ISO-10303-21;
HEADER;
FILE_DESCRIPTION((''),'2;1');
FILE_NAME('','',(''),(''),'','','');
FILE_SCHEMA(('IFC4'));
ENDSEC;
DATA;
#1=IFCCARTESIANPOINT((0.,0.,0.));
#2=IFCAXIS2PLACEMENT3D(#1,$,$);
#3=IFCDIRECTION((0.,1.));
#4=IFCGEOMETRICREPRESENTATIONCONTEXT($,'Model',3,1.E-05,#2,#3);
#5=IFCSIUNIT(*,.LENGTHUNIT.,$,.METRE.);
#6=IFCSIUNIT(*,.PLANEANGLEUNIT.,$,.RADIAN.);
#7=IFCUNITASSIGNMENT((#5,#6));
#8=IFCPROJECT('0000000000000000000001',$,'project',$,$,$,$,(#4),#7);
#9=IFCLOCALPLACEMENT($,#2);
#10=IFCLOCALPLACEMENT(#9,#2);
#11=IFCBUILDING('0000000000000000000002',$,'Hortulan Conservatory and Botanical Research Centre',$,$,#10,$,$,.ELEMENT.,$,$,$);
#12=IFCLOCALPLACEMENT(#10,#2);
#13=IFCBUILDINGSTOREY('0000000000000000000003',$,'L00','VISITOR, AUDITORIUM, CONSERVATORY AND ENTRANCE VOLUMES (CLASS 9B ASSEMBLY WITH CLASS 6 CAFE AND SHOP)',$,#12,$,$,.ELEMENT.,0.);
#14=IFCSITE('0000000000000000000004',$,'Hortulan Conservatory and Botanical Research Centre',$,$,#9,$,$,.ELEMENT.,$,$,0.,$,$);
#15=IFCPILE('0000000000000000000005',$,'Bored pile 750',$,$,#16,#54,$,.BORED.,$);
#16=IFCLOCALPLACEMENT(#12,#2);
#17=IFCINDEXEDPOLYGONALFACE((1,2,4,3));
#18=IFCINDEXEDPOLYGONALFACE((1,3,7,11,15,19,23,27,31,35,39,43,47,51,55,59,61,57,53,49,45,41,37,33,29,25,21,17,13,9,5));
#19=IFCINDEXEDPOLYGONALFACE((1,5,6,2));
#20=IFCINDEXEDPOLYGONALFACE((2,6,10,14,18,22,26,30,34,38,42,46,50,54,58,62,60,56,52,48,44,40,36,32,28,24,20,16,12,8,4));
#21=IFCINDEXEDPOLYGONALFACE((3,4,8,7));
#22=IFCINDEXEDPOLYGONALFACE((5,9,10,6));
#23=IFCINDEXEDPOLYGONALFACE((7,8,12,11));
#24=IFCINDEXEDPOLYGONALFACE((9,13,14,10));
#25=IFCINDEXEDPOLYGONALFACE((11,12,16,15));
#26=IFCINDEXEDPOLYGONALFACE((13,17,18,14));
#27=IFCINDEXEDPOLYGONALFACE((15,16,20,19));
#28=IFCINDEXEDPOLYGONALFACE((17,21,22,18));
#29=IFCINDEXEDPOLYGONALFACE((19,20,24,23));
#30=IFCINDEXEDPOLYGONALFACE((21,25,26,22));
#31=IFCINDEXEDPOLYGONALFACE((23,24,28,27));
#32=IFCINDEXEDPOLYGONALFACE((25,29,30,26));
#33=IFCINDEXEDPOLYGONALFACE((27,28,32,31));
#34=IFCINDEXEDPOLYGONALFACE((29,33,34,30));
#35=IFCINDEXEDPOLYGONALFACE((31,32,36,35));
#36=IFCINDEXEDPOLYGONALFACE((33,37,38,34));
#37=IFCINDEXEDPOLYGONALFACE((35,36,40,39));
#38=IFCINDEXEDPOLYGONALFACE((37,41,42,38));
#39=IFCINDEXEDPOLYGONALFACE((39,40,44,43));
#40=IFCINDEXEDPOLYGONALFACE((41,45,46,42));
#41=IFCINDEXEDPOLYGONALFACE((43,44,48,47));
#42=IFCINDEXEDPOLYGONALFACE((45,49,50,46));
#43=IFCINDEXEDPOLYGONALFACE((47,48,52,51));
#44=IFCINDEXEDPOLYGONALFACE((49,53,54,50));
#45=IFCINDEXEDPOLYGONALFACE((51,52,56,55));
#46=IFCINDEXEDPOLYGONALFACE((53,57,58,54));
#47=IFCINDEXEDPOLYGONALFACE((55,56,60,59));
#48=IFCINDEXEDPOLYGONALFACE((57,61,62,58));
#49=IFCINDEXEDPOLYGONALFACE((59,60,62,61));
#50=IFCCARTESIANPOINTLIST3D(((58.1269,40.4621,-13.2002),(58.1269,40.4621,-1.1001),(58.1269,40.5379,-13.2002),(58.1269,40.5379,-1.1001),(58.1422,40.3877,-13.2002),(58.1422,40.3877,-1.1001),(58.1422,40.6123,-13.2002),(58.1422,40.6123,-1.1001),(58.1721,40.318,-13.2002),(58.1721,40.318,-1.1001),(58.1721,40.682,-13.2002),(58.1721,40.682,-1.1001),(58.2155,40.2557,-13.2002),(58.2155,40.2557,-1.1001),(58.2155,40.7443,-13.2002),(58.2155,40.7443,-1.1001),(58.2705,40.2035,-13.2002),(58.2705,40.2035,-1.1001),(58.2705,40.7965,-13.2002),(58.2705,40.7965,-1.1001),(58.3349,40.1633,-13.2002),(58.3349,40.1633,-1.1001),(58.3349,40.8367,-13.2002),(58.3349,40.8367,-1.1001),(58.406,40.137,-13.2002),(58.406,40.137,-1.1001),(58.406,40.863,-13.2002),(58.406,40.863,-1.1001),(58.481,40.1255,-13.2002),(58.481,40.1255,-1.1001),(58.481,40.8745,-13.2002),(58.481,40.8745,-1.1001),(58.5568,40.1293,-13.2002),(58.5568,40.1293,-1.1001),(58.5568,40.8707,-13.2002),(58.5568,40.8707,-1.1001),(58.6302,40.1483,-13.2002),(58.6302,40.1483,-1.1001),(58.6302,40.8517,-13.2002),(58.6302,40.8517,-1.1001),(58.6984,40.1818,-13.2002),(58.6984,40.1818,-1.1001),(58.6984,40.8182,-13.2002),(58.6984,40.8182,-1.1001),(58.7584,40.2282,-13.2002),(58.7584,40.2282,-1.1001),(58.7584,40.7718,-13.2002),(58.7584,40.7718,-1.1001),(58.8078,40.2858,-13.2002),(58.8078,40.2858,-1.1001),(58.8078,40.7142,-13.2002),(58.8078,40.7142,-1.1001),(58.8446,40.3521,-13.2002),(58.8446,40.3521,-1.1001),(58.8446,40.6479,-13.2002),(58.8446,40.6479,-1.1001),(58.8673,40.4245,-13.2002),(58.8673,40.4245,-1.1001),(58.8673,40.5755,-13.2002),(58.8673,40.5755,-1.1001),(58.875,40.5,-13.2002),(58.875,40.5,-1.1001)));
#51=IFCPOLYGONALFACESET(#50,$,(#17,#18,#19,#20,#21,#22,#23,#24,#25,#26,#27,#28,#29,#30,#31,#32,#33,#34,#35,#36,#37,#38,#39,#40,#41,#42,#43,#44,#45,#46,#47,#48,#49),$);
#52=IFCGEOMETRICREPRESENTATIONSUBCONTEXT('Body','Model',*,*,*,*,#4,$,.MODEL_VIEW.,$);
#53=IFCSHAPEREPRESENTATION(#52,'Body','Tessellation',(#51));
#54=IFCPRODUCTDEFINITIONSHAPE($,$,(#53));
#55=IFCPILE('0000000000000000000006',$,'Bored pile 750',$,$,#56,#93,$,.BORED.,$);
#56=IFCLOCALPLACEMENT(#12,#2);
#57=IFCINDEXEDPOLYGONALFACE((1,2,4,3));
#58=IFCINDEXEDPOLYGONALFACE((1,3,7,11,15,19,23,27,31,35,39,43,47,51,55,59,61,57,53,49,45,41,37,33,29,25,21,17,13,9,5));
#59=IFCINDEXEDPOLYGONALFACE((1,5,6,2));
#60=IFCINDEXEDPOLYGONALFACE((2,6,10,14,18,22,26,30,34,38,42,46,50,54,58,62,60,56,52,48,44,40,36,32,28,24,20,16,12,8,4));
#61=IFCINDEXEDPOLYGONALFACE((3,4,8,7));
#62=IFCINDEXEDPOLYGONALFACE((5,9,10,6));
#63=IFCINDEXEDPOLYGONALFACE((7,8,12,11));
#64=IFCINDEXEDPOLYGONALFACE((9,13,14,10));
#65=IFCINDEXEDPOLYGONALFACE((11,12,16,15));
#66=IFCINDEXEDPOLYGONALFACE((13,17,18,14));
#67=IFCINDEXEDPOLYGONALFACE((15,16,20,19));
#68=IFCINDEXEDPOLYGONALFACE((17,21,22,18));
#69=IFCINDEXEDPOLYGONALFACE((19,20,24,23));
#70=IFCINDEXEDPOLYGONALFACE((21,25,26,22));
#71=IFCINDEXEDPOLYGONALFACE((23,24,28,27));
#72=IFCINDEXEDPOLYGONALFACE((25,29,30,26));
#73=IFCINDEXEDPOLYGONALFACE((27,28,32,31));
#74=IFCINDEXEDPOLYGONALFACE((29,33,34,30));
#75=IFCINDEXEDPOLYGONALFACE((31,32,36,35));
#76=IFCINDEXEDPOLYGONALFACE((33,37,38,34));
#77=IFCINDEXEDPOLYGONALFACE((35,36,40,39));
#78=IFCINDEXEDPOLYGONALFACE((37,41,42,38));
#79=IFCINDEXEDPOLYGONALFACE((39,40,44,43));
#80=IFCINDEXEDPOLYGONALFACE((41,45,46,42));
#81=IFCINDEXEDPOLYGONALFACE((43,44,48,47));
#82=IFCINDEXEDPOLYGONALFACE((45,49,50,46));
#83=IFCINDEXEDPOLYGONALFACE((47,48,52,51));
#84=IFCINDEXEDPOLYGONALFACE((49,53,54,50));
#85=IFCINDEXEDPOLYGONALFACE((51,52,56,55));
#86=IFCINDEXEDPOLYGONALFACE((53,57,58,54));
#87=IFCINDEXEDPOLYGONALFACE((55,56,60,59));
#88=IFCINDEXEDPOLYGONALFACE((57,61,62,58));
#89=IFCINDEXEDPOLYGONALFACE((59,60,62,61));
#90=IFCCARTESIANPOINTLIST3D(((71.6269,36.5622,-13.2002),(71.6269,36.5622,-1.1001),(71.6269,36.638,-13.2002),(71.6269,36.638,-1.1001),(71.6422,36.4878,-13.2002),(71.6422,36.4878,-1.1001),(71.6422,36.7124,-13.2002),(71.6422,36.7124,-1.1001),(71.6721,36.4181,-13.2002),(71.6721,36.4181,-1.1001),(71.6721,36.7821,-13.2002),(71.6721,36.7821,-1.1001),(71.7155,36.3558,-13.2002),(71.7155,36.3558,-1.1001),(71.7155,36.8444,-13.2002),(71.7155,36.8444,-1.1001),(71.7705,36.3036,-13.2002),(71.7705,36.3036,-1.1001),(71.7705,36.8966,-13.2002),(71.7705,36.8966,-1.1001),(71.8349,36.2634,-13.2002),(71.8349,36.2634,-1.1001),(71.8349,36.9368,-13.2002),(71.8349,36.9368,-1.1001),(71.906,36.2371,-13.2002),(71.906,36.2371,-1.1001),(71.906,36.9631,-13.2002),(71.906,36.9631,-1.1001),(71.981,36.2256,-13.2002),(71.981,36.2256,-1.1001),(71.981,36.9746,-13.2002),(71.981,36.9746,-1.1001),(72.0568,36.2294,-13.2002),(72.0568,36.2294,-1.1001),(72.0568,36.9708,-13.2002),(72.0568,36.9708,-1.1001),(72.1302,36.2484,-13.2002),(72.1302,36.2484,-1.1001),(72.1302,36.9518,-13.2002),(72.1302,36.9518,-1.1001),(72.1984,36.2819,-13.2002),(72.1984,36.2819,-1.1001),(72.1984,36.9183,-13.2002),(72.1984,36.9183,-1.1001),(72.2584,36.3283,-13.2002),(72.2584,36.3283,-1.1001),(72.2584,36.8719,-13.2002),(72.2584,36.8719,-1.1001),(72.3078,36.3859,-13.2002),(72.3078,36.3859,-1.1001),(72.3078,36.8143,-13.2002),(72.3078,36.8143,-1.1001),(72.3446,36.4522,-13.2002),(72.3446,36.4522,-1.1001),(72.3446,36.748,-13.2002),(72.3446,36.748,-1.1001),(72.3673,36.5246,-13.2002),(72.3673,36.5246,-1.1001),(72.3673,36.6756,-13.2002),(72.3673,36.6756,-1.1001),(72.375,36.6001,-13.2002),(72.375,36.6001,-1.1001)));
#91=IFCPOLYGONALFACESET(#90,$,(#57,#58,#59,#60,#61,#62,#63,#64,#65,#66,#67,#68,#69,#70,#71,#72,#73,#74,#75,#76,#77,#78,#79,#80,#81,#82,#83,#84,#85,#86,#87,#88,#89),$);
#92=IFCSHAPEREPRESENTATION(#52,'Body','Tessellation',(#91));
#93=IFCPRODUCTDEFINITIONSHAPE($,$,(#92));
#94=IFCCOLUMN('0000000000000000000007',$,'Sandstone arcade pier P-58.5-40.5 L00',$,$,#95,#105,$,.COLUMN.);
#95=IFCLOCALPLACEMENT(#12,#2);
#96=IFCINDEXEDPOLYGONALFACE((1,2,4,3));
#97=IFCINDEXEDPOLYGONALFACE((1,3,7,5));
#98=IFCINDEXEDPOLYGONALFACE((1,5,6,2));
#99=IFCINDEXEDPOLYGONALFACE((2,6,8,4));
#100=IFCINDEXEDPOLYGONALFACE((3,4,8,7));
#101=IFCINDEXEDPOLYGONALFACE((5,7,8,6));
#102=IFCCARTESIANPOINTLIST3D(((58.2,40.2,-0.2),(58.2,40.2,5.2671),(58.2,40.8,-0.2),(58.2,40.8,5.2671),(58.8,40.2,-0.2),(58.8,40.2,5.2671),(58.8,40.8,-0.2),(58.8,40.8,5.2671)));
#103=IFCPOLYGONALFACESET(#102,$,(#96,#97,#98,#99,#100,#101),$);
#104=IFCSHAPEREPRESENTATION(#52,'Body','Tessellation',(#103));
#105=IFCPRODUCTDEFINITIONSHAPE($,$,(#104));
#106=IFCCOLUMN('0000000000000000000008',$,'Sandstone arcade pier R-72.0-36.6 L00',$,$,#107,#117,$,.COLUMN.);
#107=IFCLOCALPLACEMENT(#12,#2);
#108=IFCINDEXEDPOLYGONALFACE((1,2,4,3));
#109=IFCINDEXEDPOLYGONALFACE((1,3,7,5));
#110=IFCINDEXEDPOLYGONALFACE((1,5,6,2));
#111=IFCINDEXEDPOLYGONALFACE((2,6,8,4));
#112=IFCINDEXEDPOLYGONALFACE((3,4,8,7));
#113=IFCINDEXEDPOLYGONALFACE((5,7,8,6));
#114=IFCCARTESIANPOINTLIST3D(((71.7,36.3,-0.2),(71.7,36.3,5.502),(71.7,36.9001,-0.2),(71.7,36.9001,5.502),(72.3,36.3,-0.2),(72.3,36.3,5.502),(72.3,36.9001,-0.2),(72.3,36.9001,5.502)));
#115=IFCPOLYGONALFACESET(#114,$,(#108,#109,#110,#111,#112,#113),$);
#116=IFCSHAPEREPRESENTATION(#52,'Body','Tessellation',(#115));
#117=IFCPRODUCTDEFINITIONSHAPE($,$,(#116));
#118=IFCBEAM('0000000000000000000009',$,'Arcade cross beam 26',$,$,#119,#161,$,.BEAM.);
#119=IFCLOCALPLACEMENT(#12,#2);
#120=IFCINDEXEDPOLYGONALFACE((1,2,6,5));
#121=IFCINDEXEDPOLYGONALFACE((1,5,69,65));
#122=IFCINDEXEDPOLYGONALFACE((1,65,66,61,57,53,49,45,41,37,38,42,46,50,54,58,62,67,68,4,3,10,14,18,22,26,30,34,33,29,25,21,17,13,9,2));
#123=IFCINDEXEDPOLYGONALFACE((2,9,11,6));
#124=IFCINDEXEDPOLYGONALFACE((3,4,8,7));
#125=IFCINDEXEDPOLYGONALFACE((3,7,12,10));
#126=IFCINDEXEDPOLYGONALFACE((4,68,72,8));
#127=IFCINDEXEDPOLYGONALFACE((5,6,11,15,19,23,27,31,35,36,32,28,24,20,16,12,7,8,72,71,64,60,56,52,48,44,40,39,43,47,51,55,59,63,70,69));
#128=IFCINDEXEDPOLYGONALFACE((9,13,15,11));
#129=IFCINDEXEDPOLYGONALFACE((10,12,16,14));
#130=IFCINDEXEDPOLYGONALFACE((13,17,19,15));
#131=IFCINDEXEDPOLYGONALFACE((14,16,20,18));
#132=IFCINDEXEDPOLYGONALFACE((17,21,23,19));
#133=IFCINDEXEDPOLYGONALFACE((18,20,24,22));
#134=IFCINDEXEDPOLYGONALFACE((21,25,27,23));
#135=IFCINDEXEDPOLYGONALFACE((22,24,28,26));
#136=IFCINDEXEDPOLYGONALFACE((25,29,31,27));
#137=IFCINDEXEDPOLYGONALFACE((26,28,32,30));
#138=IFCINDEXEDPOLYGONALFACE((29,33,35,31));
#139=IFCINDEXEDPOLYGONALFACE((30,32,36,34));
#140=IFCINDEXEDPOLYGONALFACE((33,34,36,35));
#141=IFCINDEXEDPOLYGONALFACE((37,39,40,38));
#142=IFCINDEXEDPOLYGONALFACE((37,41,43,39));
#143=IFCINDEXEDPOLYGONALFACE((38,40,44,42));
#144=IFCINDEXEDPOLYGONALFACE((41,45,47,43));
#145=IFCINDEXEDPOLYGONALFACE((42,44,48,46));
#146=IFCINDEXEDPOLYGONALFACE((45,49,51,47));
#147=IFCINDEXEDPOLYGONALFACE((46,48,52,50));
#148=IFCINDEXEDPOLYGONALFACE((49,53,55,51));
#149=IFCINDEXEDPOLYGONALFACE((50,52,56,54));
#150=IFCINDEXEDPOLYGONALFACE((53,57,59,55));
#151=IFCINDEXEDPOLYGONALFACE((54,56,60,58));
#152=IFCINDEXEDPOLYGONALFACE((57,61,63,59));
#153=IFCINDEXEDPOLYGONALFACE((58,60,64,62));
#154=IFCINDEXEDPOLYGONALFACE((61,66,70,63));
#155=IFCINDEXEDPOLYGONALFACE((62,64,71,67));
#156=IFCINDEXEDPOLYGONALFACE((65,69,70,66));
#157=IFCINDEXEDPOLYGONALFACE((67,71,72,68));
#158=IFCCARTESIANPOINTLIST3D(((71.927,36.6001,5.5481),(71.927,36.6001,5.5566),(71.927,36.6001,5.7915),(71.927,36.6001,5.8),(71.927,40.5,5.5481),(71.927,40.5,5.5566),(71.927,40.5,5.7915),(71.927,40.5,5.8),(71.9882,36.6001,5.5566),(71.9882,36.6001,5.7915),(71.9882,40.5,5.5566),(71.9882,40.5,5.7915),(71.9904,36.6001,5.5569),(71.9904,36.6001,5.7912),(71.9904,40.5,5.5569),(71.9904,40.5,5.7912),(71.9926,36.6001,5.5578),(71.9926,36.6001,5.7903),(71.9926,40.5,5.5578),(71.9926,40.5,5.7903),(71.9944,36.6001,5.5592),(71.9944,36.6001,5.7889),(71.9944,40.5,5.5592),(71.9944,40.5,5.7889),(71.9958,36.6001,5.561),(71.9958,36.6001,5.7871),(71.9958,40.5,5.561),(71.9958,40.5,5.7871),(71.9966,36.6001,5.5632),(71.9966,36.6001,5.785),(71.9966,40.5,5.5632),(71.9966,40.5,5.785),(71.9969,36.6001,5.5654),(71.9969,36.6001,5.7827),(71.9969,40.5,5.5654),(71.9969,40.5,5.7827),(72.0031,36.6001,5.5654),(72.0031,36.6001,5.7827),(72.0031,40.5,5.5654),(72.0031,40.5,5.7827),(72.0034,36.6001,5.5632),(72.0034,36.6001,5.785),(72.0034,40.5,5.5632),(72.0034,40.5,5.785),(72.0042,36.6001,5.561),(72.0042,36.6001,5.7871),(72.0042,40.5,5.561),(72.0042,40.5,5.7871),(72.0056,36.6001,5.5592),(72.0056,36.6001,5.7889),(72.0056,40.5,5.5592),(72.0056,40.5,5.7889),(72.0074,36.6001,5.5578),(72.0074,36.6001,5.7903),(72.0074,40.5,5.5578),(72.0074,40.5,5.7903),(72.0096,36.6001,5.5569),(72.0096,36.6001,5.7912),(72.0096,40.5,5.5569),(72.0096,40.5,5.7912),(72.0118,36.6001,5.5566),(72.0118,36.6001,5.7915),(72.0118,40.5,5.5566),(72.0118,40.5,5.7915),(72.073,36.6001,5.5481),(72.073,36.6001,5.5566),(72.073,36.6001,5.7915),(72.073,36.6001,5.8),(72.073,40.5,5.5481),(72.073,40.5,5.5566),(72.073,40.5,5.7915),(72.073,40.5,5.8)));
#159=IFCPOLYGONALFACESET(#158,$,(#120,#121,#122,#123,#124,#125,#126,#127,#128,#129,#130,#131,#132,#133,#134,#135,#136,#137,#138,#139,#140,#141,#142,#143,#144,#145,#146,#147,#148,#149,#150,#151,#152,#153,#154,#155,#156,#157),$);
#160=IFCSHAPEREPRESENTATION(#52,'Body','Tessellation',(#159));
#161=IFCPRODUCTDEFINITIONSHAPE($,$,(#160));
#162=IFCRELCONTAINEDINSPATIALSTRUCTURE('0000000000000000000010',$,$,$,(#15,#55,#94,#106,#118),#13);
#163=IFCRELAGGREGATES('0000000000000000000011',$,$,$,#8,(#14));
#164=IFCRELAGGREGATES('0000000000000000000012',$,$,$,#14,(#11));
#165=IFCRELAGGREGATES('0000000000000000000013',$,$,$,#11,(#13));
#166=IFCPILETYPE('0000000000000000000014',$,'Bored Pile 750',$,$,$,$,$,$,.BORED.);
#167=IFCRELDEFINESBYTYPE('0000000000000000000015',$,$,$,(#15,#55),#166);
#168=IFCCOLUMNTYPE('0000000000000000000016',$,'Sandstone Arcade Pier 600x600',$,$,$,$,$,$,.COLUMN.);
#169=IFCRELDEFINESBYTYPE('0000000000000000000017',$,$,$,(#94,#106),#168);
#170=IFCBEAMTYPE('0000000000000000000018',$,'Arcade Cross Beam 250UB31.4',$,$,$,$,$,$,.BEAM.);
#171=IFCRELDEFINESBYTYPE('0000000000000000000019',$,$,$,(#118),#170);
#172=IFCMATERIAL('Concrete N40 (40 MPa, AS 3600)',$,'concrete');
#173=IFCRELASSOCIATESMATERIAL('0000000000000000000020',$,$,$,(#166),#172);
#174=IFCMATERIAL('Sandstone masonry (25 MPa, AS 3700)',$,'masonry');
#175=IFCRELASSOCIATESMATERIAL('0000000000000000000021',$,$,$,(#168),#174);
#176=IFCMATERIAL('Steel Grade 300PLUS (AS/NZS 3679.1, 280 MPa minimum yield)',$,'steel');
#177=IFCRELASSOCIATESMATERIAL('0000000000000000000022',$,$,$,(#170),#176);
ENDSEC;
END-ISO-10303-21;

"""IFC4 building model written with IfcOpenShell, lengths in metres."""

from ifc_helpers import new_model, si_unit, direction, frame, origin, origin_2d, place, context, subcontext, project, spatial, rectangle, circle, i_section, extrude, material, material_profile, profile_set, type_object, element, save


model = new_model("IFC4")

# Units and contexts
model_context = context("Model", 3, precision=1e-05, world=origin(), true_north=direction((0.0, 1.0)))
body_context = subcontext(model_context, "Body", "Model", "MODEL_VIEW")
ifc_project = project(units=[si_unit("LENGTHUNIT", "METRE"), si_unit("PLANEANGLEUNIT", "RADIAN")], contexts=[model_context])

# Site, building, storey
site_placement = place(None, origin())
site = spatial("IfcSite", under=ifc_project, at=site_placement, Name="Hortulan Conservatory and Botanical Research Centre", CompositionType="ELEMENT", RefElevation=0.0)
building_placement = place(site_placement, origin())
building = spatial("IfcBuilding", under=site, at=building_placement, Name="Hortulan Conservatory and Botanical Research Centre", CompositionType="ELEMENT")
storey_placement = place(building_placement, origin())
storey = spatial("IfcBuildingStorey", under=building, at=storey_placement, Name="L00", Description="VISITOR, AUDITORIUM, CONSERVATORY AND ENTRANCE VOLUMES (CLASS 9B ASSEMBLY WITH CLASS 6 CAFE AND SHOP)", CompositionType="ELEMENT", Elevation=0.0)

# Piles
ifc_material_1 = material(Name="Concrete N40 (40 MPa, AS 3600)", Category="concrete")
ifc_material_profile_1 = material_profile(ifc_material_1, circle(Radius=0.375, at=origin_2d()), Name="Bored pile 750 diameter")
ifc_profile_set_1 = profile_set([ifc_material_profile_1], Name="Concrete N40 (40 MPa, AS 3600)")
pile_type = type_object("IfcPileType", Name="Bored Pile 750", PredefinedType="BORED", material=ifc_profile_set_1)
for number, where, z_axis, x_axis, name in (
    (1, (58.5, 40.5, -1.1001), (0.0, 0.0, -1.0), (1.0, 0.0, 0.0), "Bored pile 750"),
    (2, (72.0, 36.6001, -1.1001), (0.0, 0.0, -1.0), (1.0, 0.0, 0.0), "Bored pile 750"),
):
    element("IfcPile", number, at=place(storey_placement, frame(where, z_axis=z_axis, x_axis=x_axis)), inside=storey, type_object=pile_type, Name=name, PredefinedType="BORED", context=body_context, shape_type="SweptSolid", body=[
        extrude(circle(Radius=0.375, at=origin_2d()), origin(), (0.0, 0.0, 1.0), 12.1001),
    ])

# Columns
ifc_material_2 = material(Name="Sandstone masonry (25 MPa, AS 3700)", Category="masonry")
ifc_material_profile_2 = material_profile(ifc_material_2, rectangle(XDim=0.6001, YDim=0.6001, at=origin_2d()), Name="Square pier 600")
ifc_profile_set_2 = profile_set([ifc_material_profile_2], Name="Sandstone masonry (25 MPa, AS 3700)")
column_type = type_object("IfcColumnType", Name="Sandstone Arcade Pier 600x600", PredefinedType="COLUMN", material=ifc_profile_set_2)
column_1_placement = place(storey_placement, frame((58.5, 40.5, -0.2), z_axis=(0.0, 0.0, 1.0), x_axis=(1.0, 0.0, 0.0)))
element("IfcColumn", 3, at=column_1_placement, inside=storey, type_object=column_type, Name="Sandstone arcade pier P-58.5-40.5 L00", PredefinedType="COLUMN", context=body_context, shape_type="SweptSolid", body=[
    extrude(rectangle(XDim=0.6001, YDim=0.6001, at=origin_2d()), origin(), (0.0, 0.0, 1.0), 5.467),
])
column_2_placement = place(storey_placement, frame((72.0, 36.6001, -0.2), z_axis=(0.0, 0.0, 1.0), x_axis=(1.0, 0.0, 0.0)))
element("IfcColumn", 4, at=column_2_placement, inside=storey, type_object=column_type, Name="Sandstone arcade pier R-72.0-36.6 L00", PredefinedType="COLUMN", context=body_context, shape_type="SweptSolid", body=[
    extrude(rectangle(XDim=0.6001, YDim=0.6001, at=origin_2d()), origin(), (0.0, 0.0, 1.0), 5.7019),
])

# Beam
ifc_material_3 = material(Name="Steel Grade 300PLUS (AS/NZS 3679.1, 280 MPa minimum yield)", Category="steel")
ifc_material_profile_3 = material_profile(ifc_material_3, i_section(OverallWidth=0.146, OverallDepth=0.252, WebThickness=0.0061, FlangeThickness=0.0085, FilletRadius=0.0088, at=origin_2d()), Name="250UB31.4")
ifc_profile_set_3 = profile_set([ifc_material_profile_3], Name="Steel Grade 300PLUS (AS/NZS 3679.1, 280 MPa minimum yield)")
beam_type_1 = type_object("IfcBeamType", Name="Arcade Cross Beam 250UB31.4", PredefinedType="BEAM", material=ifc_profile_set_3)
beam_1_placement = place(storey_placement, frame((72.0, 36.6001, 5.6741), z_axis=(0.0, 1.0, 0.0), x_axis=(-1.0, 0.0, 0.0)))
element("IfcBeam", 5, at=beam_1_placement, inside=storey, type_object=beam_type_1, Name="Arcade cross beam 26", PredefinedType="BEAM", context=body_context, shape_type="SweptSolid", body=[
    extrude(i_section(OverallWidth=0.146, OverallDepth=0.252, WebThickness=0.0061, FlangeThickness=0.0085, FilletRadius=0.0088, at=origin_2d()), origin(), (0.0, 0.0, 1.0), 3.8999),
])

save(model, "model.ifc")
